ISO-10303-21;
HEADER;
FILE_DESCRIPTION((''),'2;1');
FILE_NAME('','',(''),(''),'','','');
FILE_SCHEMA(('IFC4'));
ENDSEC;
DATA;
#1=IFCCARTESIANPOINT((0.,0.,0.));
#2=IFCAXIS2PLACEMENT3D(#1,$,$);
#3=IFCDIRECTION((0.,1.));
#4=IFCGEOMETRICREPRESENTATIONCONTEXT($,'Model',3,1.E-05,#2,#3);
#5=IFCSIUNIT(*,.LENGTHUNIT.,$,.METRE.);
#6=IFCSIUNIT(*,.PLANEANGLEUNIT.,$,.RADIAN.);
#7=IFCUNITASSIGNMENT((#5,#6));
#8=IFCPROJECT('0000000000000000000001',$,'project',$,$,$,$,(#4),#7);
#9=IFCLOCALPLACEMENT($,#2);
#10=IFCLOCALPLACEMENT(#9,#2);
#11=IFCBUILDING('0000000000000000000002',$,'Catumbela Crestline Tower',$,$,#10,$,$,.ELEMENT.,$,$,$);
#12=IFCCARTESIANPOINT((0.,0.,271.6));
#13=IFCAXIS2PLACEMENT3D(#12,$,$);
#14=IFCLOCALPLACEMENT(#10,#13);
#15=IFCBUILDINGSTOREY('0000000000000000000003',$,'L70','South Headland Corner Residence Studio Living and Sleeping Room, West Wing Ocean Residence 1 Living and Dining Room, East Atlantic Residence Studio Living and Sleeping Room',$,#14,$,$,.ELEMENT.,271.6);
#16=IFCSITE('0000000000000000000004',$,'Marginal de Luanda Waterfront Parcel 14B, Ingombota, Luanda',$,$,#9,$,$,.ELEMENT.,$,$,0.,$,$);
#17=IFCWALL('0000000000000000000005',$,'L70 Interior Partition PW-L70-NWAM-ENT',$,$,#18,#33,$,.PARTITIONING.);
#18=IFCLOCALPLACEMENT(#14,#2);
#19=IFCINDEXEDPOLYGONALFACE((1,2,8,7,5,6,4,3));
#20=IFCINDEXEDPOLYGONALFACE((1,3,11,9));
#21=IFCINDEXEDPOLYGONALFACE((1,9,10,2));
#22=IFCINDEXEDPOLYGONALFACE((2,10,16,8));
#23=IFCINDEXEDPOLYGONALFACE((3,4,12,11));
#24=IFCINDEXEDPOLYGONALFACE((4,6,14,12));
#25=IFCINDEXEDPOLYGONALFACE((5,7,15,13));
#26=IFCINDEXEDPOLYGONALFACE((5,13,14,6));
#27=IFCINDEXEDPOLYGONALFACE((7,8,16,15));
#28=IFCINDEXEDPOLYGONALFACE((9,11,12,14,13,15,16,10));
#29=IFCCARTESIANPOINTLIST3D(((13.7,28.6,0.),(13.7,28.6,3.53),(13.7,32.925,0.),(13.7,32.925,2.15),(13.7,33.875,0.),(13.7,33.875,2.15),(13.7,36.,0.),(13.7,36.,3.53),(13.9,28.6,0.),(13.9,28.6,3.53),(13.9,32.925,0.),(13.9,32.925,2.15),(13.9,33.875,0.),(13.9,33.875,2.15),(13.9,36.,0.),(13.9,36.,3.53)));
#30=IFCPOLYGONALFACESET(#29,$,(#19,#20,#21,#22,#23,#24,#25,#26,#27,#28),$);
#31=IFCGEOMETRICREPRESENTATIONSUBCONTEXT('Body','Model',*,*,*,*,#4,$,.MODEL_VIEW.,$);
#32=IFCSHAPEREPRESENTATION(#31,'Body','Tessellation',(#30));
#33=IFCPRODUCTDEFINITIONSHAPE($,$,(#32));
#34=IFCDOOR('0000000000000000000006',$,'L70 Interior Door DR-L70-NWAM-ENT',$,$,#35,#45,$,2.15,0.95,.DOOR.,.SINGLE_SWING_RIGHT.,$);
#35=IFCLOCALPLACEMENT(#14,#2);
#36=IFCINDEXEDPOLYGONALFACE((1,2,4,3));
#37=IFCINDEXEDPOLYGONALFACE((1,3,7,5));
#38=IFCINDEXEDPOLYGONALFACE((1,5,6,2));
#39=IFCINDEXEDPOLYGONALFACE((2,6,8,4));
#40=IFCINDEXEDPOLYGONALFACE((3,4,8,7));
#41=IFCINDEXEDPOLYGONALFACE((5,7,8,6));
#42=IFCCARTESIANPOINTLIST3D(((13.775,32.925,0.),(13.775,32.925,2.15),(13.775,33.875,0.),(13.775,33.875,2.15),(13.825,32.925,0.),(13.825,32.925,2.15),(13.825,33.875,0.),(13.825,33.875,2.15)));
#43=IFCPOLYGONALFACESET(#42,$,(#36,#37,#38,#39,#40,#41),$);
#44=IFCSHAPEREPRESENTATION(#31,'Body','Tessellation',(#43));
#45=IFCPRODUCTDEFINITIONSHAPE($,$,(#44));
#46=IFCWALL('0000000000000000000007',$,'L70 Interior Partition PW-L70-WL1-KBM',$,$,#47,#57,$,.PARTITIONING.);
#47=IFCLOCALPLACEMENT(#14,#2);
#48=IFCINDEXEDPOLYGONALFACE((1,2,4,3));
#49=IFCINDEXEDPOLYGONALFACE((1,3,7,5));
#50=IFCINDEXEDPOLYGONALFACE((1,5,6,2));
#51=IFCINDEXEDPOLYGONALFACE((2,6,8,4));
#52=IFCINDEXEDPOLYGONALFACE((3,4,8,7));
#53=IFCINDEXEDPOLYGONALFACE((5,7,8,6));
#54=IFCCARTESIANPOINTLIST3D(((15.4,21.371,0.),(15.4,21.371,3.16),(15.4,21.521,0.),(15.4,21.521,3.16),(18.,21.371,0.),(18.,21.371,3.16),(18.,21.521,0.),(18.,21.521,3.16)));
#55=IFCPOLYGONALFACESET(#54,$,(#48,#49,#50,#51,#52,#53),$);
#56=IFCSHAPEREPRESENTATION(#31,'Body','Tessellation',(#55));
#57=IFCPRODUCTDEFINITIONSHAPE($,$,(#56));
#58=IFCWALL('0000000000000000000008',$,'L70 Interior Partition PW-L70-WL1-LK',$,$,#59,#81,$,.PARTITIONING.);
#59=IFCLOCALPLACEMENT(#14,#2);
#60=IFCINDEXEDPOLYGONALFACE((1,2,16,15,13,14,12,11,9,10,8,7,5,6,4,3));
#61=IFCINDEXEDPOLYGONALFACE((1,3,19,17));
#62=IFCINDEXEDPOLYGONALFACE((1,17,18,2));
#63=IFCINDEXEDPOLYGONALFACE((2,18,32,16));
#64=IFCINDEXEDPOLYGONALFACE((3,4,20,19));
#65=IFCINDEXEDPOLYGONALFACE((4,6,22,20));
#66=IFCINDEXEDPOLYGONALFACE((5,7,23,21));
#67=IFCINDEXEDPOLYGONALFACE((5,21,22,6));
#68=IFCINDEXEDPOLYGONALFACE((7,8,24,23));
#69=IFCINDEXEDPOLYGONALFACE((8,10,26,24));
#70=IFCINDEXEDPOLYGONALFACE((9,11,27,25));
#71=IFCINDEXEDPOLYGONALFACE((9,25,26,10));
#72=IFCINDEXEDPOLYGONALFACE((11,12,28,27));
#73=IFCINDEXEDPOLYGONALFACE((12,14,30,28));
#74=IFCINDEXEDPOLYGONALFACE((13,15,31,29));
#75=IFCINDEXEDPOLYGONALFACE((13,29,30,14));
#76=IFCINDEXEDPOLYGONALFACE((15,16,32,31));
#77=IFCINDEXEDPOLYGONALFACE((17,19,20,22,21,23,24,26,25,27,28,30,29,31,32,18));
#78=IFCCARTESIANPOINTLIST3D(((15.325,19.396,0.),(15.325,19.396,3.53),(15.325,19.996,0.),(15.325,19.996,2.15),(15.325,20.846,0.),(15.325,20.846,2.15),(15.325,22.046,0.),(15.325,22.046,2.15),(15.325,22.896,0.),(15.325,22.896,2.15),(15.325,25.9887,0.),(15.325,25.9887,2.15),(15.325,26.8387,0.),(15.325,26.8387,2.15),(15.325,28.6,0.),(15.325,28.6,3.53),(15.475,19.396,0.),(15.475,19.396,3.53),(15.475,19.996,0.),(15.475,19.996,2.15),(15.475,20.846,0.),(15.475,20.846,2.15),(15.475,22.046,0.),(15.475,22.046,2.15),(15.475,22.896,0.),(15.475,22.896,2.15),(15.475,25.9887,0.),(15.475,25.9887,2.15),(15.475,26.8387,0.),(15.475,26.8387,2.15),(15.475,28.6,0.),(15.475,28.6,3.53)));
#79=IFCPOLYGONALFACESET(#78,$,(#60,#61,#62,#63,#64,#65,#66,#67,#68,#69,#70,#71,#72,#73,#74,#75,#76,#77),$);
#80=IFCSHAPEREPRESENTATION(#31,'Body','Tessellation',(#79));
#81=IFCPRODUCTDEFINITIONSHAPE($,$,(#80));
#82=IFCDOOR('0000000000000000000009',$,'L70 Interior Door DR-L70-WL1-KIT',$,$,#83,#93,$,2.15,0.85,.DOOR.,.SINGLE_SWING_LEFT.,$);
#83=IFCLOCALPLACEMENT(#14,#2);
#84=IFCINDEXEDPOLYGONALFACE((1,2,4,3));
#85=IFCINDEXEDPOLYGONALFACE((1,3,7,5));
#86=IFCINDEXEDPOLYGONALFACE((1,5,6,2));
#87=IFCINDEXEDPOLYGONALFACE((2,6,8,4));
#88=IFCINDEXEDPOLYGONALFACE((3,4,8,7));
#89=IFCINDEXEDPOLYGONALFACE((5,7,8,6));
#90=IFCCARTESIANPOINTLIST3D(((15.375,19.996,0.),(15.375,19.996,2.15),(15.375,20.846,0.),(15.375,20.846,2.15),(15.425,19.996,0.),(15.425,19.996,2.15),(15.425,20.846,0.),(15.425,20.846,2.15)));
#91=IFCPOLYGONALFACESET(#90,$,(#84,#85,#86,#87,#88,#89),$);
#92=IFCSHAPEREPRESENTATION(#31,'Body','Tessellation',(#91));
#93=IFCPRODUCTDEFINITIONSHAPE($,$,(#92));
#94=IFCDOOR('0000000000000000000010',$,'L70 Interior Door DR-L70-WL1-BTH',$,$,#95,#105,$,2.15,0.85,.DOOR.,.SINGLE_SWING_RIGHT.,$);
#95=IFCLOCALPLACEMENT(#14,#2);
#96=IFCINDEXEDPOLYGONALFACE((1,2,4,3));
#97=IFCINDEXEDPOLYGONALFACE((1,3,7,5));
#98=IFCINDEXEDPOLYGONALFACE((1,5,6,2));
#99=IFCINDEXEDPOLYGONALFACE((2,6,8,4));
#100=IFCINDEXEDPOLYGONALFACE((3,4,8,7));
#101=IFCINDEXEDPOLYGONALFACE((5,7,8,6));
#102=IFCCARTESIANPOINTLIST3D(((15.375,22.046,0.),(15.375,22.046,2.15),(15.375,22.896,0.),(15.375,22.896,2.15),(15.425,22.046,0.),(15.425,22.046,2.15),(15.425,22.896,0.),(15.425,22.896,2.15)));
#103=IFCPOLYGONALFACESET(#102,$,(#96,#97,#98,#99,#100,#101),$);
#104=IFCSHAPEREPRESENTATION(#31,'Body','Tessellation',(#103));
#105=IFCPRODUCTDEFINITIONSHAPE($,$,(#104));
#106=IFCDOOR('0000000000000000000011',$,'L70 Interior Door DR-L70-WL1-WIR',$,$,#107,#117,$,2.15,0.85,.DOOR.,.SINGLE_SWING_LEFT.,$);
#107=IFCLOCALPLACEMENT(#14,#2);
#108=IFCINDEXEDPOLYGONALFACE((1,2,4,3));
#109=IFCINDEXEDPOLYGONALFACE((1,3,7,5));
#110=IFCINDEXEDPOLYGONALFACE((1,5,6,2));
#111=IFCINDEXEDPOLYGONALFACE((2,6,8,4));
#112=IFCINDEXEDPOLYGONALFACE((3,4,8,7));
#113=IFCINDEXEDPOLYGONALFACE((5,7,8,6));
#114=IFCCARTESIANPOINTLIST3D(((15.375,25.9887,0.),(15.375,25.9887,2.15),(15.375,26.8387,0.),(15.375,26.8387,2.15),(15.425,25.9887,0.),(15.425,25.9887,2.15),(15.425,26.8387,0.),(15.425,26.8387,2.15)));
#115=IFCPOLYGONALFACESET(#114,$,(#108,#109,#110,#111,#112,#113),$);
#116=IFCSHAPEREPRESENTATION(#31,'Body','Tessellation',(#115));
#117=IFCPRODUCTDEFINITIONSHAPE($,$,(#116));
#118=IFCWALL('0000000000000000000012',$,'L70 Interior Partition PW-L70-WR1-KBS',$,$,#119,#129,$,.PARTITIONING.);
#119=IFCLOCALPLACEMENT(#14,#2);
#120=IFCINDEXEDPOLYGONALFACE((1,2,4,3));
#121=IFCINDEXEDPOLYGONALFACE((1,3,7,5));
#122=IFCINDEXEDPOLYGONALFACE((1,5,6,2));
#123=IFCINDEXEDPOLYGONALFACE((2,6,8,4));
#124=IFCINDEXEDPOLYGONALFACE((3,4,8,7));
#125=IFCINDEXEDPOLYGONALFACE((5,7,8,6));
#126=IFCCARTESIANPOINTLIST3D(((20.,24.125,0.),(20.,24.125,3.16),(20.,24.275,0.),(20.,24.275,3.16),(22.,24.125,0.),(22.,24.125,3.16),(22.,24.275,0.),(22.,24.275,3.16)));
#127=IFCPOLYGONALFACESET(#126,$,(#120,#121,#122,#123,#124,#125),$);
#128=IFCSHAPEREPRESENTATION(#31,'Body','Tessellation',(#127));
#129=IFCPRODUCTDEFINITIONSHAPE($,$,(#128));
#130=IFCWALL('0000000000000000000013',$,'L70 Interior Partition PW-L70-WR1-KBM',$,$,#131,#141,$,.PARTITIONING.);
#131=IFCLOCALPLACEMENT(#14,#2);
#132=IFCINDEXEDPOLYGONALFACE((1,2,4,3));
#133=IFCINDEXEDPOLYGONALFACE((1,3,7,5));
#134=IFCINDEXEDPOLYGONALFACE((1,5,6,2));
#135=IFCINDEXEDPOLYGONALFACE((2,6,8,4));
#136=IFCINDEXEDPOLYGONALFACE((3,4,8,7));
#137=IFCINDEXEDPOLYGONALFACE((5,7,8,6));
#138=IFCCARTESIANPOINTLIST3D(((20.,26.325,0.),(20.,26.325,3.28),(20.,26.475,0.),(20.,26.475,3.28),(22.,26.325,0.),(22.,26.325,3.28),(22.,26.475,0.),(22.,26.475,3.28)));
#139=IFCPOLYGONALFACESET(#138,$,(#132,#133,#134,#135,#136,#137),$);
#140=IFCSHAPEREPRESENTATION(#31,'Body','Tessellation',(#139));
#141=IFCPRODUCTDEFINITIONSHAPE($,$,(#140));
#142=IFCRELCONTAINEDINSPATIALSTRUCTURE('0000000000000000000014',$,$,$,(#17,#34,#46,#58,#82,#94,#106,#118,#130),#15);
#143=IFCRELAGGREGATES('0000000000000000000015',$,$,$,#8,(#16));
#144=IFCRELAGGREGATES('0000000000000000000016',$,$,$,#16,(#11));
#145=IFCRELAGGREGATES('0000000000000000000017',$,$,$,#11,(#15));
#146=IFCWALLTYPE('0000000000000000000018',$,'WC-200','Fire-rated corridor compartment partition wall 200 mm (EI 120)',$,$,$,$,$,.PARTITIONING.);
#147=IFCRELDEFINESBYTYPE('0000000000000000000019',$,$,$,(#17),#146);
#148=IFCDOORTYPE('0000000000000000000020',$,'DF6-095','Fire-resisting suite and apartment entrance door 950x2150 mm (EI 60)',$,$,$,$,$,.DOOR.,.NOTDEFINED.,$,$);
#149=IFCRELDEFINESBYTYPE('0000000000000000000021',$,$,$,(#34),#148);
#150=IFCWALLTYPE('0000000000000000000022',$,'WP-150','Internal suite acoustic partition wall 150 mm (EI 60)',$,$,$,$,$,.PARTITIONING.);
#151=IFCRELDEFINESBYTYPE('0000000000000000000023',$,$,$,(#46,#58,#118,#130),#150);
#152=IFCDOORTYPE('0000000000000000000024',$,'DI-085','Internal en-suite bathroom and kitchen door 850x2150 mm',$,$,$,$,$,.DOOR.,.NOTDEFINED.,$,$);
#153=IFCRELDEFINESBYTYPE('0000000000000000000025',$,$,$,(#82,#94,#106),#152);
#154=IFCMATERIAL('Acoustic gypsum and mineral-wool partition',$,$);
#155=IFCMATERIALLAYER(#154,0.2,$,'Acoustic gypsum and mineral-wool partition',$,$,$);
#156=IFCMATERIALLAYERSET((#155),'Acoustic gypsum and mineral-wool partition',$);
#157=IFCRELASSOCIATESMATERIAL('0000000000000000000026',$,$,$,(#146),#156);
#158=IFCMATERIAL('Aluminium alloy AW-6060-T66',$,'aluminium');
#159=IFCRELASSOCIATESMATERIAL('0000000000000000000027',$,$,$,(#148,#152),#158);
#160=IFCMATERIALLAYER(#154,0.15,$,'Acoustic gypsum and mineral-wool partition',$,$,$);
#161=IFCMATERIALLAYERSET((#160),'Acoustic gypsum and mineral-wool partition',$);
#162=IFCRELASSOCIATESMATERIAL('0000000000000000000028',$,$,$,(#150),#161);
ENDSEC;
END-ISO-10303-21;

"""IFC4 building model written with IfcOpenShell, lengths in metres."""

from ifc_helpers import new_model, si_unit, direction, frame, frame_2d, origin, place, context, subcontext, project, spatial, rectangle, extrude, material, layer, layer_set, type_object, element, fill, save


model = new_model("IFC4")

# Units and contexts
model_context = context("Model", 3, precision=1e-05, world=origin(), true_north=direction((0.0, 1.0)))
body_context = subcontext(model_context, "Body", "Model", "MODEL_VIEW")
ifc_project = project(units=[si_unit("LENGTHUNIT", "METRE"), si_unit("PLANEANGLEUNIT", "RADIAN")], contexts=[model_context])

# Site, building, storey
site_placement = place(None, origin())
site = spatial("IfcSite", under=ifc_project, at=site_placement, Name="Marginal de Luanda Waterfront Parcel 14B, Ingombota, Luanda", CompositionType="ELEMENT", RefElevation=0.0)
building_placement = place(site_placement, origin())
building = spatial("IfcBuilding", under=site, at=building_placement, Name="Catumbela Crestline Tower", CompositionType="ELEMENT")
storey_placement = place(building_placement, frame((0.0, 0.0, 271.6)))
storey = spatial("IfcBuildingStorey", under=building, at=storey_placement, Name="L70", Description="South Headland Corner Residence Studio Living and Sleeping Room, West Wing Ocean Residence 1 Living and Dining Room, East Atlantic Residence Studio Living and Sleeping Room", CompositionType="ELEMENT", Elevation=271.6)

# Shared definitions
ifc_material_1 = material(Name="Acoustic gypsum and mineral-wool partition")
ifc_layer_1 = layer(ifc_material_1, 0.2, Name="Acoustic gypsum and mineral-wool partition")
ifc_layer_set_1 = layer_set([ifc_layer_1], Name="Acoustic gypsum and mineral-wool partition")
wall_type_1 = type_object("IfcWallType", Name="WC-200", Description="Fire-rated corridor compartment partition wall 200 mm (EI 120)", PredefinedType="PARTITIONING", material=ifc_layer_set_1)

# Shared definitions
ifc_material_2 = material(Name="Aluminium alloy AW-6060-T66", Category="aluminium")
door_type_1 = type_object("IfcDoorType", Name="DF6-095", Description="Fire-resisting suite and apartment entrance door 950x2150 mm (EI 60)", OperationType="NOTDEFINED", PredefinedType="DOOR", material=ifc_material_2)

# Wall, opening, door
wall_1_placement = place(storey_placement, frame((13.8, 28.6, 0.0), z_axis=(0.0, 0.0, 1.0), x_axis=(0.0, 1.0, 0.0)))
wall_1 = element("IfcWall", 1, at=wall_1_placement, inside=storey, type_object=wall_type_1, Name="L70 Interior Partition PW-L70-NWAM-ENT", PredefinedType="PARTITIONING", context=body_context, shape_type="SweptSolid", body=[
    extrude(rectangle(XDim=7.4, YDim=0.2, at=frame_2d((3.7, 0.0))), origin(), (0.0, 0.0, 1.0), 3.53),
])
opening_1_placement = place(wall_1_placement, frame((4.325, 0.0, 0.0)))
opening_1 = element("IfcOpeningElement", 2, at=opening_1_placement, cuts=wall_1, PredefinedType="OPENING", context=body_context, shape_type="SweptSolid", body=[
    extrude(rectangle(XDim=0.95, YDim=2.15, at=frame_2d((0.475, 1.075))), frame((0.0, 0.11, 0.0), z_axis=(0.0, -1.0, 0.0), x_axis=(1.0, 0.0, 0.0)), (0.0, 0.0, 1.0), 0.22),
])
door_1_placement = place(opening_1_placement, origin())
door_1 = element("IfcDoor", 3, at=door_1_placement, inside=storey, type_object=door_type_1, Name="L70 Interior Door DR-L70-NWAM-ENT", OperationType="SINGLE_SWING_RIGHT", OverallHeight=2.15, OverallWidth=0.95, PredefinedType="DOOR", context=body_context, shape_type="SweptSolid", body=[
    extrude(rectangle(XDim=0.95, YDim=2.15, at=frame_2d((0.475, 1.075))), frame((0.0, 0.025, 0.0), z_axis=(0.0, -1.0, 0.0), x_axis=(1.0, 0.0, 0.0)), (0.0, 0.0, 1.0), 0.05),
])
fill(opening_1, door_1)

# Wall
ifc_layer_2 = layer(ifc_material_1, 0.15, Name="Acoustic gypsum and mineral-wool partition")
ifc_layer_set_2 = layer_set([ifc_layer_2], Name="Acoustic gypsum and mineral-wool partition")
wall_type_2 = type_object("IfcWallType", Name="WP-150", Description="Internal suite acoustic partition wall 150 mm (EI 60)", PredefinedType="PARTITIONING", material=ifc_layer_set_2)
wall_2_placement = place(storey_placement, frame((15.4, 21.446, 0.0), z_axis=(0.0, 0.0, 1.0), x_axis=(1.0, 0.0, 0.0)))
element("IfcWall", 4, at=wall_2_placement, inside=storey, type_object=wall_type_2, Name="L70 Interior Partition PW-L70-WL1-KBM", PredefinedType="PARTITIONING", context=body_context, shape_type="SweptSolid", body=[
    extrude(rectangle(XDim=2.6, YDim=0.15, at=frame_2d((1.3, 0.0))), origin(), (0.0, 0.0, 1.0), 3.16),
])

# Wall, openings, doors
wall_3_placement = place(storey_placement, frame((15.4, 19.396, 0.0), z_axis=(0.0, 0.0, 1.0), x_axis=(0.0, 1.0, 0.0)))
wall_3 = element("IfcWall", 5, at=wall_3_placement, inside=storey, type_object=wall_type_2, Name="L70 Interior Partition PW-L70-WL1-LK", PredefinedType="PARTITIONING", context=body_context, shape_type="SweptSolid", body=[
    extrude(rectangle(XDim=9.204, YDim=0.15, at=frame_2d((4.602, 0.0))), origin(), (0.0, 0.0, 1.0), 3.53),
])
opening_2_placement = place(wall_3_placement, frame((0.6, 0.0, 0.0)))
opening_2 = element("IfcOpeningElement", 6, at=opening_2_placement, cuts=wall_3, PredefinedType="OPENING", context=body_context, shape_type="SweptSolid", body=[
    extrude(rectangle(XDim=0.85, YDim=2.15, at=frame_2d((0.425, 1.075))), frame((0.0, 0.085, 0.0), z_axis=(0.0, -1.0, 0.0), x_axis=(1.0, 0.0, 0.0)), (0.0, 0.0, 1.0), 0.17),
])
opening_3_placement = place(wall_3_placement, frame((2.65, 0.0, 0.0)))
opening_3 = element("IfcOpeningElement", 7, at=opening_3_placement, cuts=wall_3, PredefinedType="OPENING", context=body_context, shape_type="SweptSolid", body=[
    extrude(rectangle(XDim=0.85, YDim=2.15, at=frame_2d((0.425, 1.075))), frame((0.0, 0.085, 0.0), z_axis=(0.0, -1.0, 0.0), x_axis=(1.0, 0.0, 0.0)), (0.0, 0.0, 1.0), 0.17),
])
opening_4_placement = place(wall_3_placement, frame((6.5927, 0.0, 0.0)))
opening_4 = element("IfcOpeningElement", 8, at=opening_4_placement, cuts=wall_3, PredefinedType="OPENING", context=body_context, shape_type="SweptSolid", body=[
    extrude(rectangle(XDim=0.85, YDim=2.15, at=frame_2d((0.425, 1.075))), frame((0.0, 0.085, 0.0), z_axis=(0.0, -1.0, 0.0), x_axis=(1.0, 0.0, 0.0)), (0.0, 0.0, 1.0), 0.17),
])
door_type_2 = type_object("IfcDoorType", Name="DI-085", Description="Internal en-suite bathroom and kitchen door 850x2150 mm", OperationType="NOTDEFINED", PredefinedType="DOOR", material=ifc_material_2)
door_2_placement = place(opening_2_placement, origin())
door_2 = element("IfcDoor", 9, at=door_2_placement, inside=storey, type_object=door_type_2, Name="L70 Interior Door DR-L70-WL1-KIT", OperationType="SINGLE_SWING_LEFT", OverallHeight=2.15, OverallWidth=0.85, PredefinedType="DOOR", context=body_context, shape_type="SweptSolid", body=[
    extrude(rectangle(XDim=0.85, YDim=2.15, at=frame_2d((0.425, 1.075))), frame((0.0, 0.025, 0.0), z_axis=(0.0, -1.0, 0.0), x_axis=(1.0, 0.0, 0.0)), (0.0, 0.0, 1.0), 0.05),
])
fill(opening_2, door_2)
door_3_placement = place(opening_3_placement, origin())
door_3 = element("IfcDoor", 10, at=door_3_placement, inside=storey, type_object=door_type_2, Name="L70 Interior Door DR-L70-WL1-BTH", OperationType="SINGLE_SWING_RIGHT", OverallHeight=2.15, OverallWidth=0.85, PredefinedType="DOOR", context=body_context, shape_type="SweptSolid", body=[
    extrude(rectangle(XDim=0.85, YDim=2.15, at=frame_2d((0.425, 1.075))), frame((0.0, 0.025, 0.0), z_axis=(0.0, -1.0, 0.0), x_axis=(1.0, 0.0, 0.0)), (0.0, 0.0, 1.0), 0.05),
])
fill(opening_3, door_3)
door_4_placement = place(opening_4_placement, origin())
door_4 = element("IfcDoor", 11, at=door_4_placement, inside=storey, type_object=door_type_2, Name="L70 Interior Door DR-L70-WL1-WIR", OperationType="SINGLE_SWING_LEFT", OverallHeight=2.15, OverallWidth=0.85, PredefinedType="DOOR", context=body_context, shape_type="SweptSolid", body=[
    extrude(rectangle(XDim=0.85, YDim=2.15, at=frame_2d((0.425, 1.075))), frame((0.0, 0.025, 0.0), z_axis=(0.0, -1.0, 0.0), x_axis=(1.0, 0.0, 0.0)), (0.0, 0.0, 1.0), 0.05),
])
fill(opening_4, door_4)

# Walls
wall_4_placement = place(storey_placement, frame((20.0, 24.2, 0.0), z_axis=(0.0, 0.0, 1.0), x_axis=(1.0, 0.0, 0.0)))
element("IfcWall", 12, at=wall_4_placement, inside=storey, type_object=wall_type_2, Name="L70 Interior Partition PW-L70-WR1-KBS", PredefinedType="PARTITIONING", context=body_context, shape_type="SweptSolid", body=[
    extrude(rectangle(XDim=2.0, YDim=0.15, at=frame_2d((1.0, 0.0))), origin(), (0.0, 0.0, 1.0), 3.16),
])
wall_5_placement = place(storey_placement, frame((20.0, 26.4, 0.0), z_axis=(0.0, 0.0, 1.0), x_axis=(1.0, 0.0, 0.0)))
element("IfcWall", 13, at=wall_5_placement, inside=storey, type_object=wall_type_2, Name="L70 Interior Partition PW-L70-WR1-KBM", PredefinedType="PARTITIONING", context=body_context, shape_type="SweptSolid", body=[
    extrude(rectangle(XDim=2.0, YDim=0.15, at=frame_2d((1.0, 0.0))), origin(), (0.0, 0.0, 1.0), 3.28),
])

save(model, "model.ifc")
